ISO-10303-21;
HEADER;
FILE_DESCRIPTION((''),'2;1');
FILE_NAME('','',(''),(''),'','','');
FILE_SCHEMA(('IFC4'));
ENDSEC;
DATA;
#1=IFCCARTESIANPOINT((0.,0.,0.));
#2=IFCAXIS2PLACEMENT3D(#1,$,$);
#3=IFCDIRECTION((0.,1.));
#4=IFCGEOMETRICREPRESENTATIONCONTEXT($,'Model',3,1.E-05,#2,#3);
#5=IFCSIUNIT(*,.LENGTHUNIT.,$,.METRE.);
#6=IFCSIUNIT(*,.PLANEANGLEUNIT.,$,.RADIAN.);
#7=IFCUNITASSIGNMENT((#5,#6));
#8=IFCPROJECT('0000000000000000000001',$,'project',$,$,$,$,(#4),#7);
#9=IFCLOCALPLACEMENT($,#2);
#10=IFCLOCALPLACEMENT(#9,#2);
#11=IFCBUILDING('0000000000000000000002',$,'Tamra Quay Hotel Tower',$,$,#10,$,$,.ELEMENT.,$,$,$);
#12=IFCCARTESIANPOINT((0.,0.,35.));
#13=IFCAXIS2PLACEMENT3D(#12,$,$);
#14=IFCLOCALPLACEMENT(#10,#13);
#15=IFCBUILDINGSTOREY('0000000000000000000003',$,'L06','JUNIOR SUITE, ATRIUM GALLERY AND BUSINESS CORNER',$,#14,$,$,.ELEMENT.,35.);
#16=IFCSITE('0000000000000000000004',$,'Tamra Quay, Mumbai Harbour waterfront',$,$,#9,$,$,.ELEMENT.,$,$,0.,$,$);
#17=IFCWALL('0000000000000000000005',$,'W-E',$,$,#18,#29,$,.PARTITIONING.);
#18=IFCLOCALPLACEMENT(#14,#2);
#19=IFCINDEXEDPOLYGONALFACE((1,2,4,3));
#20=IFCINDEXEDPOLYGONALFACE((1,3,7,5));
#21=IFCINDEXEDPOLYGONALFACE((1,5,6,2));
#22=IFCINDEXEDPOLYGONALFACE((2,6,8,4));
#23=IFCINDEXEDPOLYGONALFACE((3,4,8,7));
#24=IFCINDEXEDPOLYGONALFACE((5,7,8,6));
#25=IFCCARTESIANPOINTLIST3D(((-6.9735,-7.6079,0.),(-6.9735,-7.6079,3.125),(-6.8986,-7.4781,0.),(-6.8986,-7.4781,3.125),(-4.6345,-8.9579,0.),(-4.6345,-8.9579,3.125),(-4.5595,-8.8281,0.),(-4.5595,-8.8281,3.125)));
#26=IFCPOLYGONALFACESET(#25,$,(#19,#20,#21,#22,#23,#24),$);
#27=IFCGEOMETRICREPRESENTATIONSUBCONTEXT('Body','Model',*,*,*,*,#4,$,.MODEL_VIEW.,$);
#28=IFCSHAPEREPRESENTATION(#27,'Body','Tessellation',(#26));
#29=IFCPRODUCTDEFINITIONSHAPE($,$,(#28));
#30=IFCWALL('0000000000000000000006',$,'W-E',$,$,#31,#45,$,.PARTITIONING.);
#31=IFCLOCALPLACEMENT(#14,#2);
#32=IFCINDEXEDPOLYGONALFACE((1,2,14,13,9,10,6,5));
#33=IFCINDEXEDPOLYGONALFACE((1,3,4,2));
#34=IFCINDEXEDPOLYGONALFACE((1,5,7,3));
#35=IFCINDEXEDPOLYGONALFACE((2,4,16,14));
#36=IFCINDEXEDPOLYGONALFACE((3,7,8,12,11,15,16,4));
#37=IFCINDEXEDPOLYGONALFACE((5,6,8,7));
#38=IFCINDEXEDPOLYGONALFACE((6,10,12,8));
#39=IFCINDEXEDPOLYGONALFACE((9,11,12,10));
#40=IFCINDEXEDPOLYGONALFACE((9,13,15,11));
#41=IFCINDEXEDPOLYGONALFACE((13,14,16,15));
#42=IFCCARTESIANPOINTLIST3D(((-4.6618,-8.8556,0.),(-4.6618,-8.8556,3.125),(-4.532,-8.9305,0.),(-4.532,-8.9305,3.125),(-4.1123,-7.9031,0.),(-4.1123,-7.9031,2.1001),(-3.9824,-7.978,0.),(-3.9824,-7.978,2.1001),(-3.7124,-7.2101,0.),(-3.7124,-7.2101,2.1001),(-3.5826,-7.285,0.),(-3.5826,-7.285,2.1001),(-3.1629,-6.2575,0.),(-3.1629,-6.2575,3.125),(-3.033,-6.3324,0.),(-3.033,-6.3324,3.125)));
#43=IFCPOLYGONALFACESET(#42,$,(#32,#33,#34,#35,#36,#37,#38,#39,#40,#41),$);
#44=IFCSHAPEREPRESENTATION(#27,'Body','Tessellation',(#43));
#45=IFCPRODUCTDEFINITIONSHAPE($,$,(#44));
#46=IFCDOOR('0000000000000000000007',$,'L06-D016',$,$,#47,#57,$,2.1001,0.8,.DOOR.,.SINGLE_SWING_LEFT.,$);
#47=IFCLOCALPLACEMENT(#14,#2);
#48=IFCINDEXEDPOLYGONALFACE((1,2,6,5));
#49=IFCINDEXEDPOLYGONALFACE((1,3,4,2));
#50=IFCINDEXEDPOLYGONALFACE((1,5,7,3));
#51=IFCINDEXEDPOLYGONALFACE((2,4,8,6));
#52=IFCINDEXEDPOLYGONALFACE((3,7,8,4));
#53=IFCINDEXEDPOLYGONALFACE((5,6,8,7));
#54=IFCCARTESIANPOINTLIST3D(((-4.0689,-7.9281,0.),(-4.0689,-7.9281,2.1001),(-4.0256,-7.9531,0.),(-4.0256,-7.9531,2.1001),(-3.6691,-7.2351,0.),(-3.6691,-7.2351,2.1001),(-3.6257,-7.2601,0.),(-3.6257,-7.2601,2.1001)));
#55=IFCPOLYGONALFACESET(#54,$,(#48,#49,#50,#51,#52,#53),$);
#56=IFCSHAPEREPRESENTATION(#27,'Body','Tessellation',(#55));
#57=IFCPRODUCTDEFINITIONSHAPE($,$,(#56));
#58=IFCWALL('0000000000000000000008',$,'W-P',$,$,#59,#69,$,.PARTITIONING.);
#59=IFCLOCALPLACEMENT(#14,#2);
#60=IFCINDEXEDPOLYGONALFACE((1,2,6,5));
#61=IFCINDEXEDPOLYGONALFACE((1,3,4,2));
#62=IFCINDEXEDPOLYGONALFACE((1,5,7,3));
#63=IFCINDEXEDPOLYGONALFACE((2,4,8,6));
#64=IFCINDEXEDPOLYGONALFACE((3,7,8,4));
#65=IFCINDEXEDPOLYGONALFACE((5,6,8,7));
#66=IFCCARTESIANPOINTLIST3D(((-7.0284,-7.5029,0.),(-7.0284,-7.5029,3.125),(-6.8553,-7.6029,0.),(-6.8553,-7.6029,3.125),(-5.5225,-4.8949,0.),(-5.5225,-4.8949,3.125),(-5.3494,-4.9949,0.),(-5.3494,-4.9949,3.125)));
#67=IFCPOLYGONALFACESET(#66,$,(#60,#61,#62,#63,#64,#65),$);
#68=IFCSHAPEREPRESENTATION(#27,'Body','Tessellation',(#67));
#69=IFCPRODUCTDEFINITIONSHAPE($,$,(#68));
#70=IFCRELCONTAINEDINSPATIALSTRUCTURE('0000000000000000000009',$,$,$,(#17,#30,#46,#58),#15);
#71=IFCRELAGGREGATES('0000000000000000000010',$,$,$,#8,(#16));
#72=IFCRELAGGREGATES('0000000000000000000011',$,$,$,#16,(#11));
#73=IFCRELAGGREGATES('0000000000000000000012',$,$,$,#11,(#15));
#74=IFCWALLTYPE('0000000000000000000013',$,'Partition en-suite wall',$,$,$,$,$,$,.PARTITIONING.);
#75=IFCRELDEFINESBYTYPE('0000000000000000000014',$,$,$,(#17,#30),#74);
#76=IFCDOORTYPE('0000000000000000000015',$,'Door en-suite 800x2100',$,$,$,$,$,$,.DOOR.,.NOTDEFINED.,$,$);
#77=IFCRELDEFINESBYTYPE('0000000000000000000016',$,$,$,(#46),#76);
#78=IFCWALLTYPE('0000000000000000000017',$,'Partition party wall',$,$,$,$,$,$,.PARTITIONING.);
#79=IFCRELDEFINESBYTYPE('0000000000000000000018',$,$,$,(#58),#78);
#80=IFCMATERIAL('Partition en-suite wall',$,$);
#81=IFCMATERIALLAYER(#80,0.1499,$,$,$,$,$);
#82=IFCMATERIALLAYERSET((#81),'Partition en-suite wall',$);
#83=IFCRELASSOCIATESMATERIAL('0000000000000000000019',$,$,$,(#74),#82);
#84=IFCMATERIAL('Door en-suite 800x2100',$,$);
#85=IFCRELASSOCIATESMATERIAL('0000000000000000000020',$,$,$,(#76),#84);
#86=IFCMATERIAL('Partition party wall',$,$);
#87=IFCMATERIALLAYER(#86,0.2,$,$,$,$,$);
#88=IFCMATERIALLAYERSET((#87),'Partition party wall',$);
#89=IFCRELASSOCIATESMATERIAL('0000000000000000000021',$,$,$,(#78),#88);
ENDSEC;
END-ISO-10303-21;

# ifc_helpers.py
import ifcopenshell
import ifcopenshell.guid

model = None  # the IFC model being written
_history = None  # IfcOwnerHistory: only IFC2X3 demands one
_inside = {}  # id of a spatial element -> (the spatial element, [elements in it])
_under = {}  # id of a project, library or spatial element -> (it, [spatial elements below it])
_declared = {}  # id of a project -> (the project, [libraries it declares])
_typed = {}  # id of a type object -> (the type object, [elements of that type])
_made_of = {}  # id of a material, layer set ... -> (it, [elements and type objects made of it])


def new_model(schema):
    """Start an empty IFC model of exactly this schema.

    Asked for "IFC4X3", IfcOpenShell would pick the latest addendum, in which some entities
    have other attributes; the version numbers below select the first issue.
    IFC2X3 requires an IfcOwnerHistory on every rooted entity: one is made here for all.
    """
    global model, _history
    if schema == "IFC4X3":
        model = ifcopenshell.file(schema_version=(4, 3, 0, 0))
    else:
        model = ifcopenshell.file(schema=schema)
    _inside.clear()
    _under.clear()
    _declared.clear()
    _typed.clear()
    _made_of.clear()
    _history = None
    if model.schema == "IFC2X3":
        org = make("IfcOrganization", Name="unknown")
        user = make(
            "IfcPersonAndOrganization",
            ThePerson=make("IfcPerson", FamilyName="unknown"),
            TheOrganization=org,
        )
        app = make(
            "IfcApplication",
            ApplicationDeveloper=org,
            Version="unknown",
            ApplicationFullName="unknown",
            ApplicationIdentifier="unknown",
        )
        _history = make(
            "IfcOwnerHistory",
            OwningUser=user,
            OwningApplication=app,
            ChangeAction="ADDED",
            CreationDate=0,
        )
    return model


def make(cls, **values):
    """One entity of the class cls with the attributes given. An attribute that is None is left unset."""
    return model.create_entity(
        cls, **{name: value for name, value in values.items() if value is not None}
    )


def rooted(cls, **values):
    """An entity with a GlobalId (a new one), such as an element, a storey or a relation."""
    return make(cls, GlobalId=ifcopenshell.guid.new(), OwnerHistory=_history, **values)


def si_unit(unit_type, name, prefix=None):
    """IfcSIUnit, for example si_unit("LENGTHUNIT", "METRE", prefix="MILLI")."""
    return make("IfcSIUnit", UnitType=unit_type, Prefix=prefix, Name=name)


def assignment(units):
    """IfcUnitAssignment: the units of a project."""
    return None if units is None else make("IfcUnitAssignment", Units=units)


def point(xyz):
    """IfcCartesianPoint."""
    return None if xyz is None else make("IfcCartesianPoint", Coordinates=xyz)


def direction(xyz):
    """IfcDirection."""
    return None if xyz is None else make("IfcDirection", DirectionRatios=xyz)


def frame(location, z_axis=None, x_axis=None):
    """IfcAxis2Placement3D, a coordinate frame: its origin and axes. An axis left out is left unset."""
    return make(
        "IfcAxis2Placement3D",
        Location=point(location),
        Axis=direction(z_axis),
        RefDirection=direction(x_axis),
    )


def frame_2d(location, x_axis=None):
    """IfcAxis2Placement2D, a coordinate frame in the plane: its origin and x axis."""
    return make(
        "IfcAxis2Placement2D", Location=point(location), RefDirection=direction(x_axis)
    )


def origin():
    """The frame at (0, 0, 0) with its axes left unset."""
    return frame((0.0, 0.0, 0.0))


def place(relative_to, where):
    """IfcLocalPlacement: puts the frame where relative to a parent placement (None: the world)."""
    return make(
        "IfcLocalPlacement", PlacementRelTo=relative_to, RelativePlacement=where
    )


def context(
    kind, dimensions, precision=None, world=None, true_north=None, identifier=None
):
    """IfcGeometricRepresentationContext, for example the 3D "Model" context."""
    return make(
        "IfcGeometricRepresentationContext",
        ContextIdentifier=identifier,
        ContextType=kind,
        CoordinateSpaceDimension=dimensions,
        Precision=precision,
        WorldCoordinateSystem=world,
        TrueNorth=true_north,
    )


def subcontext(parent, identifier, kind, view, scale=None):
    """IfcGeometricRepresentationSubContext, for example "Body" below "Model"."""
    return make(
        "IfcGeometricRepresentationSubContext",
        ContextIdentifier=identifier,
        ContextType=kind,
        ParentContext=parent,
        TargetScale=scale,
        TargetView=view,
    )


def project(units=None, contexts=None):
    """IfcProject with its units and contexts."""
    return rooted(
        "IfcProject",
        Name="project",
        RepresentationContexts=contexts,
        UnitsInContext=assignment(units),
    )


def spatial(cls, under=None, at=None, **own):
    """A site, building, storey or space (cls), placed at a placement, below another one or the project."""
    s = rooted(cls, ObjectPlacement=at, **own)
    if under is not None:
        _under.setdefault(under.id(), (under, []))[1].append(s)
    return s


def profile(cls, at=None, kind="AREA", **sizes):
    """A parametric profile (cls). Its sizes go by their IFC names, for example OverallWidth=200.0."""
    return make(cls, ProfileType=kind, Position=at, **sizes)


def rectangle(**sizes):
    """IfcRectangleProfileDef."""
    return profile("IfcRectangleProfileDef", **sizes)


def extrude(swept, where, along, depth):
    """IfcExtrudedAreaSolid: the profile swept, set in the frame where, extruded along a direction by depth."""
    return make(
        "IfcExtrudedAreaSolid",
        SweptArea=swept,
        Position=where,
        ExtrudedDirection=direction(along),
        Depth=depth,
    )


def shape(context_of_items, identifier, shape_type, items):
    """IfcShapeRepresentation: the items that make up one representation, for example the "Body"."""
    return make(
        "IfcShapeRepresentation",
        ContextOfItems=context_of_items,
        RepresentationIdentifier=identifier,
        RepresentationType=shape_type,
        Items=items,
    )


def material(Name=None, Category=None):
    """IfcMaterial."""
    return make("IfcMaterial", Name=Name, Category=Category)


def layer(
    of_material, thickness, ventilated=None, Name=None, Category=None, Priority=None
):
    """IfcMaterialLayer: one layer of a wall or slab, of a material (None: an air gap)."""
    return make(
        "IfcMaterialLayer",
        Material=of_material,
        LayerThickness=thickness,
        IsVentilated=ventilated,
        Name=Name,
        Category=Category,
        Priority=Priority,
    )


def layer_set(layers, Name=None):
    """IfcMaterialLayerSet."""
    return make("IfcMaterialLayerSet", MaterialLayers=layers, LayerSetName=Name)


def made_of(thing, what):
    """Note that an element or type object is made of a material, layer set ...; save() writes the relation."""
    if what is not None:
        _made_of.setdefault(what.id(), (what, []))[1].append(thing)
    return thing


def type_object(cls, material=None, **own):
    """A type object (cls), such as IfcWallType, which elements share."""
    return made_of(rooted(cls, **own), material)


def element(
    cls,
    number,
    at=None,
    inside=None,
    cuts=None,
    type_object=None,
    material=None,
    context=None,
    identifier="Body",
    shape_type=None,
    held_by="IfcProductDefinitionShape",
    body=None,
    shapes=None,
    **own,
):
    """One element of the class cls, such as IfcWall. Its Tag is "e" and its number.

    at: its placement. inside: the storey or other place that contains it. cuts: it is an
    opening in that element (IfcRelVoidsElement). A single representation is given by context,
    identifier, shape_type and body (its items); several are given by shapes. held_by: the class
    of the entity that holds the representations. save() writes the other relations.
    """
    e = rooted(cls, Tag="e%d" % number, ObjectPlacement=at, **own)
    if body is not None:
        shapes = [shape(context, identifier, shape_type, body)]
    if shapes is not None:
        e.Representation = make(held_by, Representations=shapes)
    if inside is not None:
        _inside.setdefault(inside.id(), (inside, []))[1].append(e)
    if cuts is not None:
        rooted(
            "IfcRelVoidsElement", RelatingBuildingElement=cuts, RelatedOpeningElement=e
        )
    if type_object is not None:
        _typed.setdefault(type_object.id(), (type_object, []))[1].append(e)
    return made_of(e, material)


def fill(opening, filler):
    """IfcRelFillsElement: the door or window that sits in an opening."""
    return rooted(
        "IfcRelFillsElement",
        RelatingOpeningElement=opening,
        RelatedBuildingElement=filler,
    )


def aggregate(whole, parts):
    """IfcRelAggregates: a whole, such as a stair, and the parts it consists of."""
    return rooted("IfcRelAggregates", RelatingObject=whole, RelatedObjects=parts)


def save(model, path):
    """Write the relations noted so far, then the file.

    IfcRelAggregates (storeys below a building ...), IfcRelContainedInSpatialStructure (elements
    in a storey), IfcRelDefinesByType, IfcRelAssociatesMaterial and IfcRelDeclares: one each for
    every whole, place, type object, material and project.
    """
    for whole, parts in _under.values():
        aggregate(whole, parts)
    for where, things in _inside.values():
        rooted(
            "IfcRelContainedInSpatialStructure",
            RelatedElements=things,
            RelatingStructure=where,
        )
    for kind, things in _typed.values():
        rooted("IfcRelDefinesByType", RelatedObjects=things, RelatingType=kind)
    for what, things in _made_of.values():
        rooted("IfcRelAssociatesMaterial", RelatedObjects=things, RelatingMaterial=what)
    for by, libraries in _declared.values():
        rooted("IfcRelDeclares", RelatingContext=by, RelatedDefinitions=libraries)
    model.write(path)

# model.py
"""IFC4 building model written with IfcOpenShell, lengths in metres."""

from ifc_helpers import new_model, si_unit, direction, frame, frame_2d, origin, place, context, subcontext, project, spatial, rectangle, extrude, material, layer, layer_set, type_object, element, fill, save


model = new_model("IFC4")

# Units and contexts
model_context = context("Model", 3, precision=1e-05, world=origin(), true_north=direction((0.0, 1.0)))
body_context = subcontext(model_context, "Body", "Model", "MODEL_VIEW")
ifc_project = project(units=[si_unit("LENGTHUNIT", "METRE"), si_unit("PLANEANGLEUNIT", "RADIAN")], contexts=[model_context])

# Site, building, storey
site_placement = place(None, origin())
site = spatial("IfcSite", under=ifc_project, at=site_placement, Name="Tamra Quay, Mumbai Harbour waterfront", CompositionType="ELEMENT", RefElevation=0.0)
building_placement = place(site_placement, origin())
building = spatial("IfcBuilding", under=site, at=building_placement, Name="Tamra Quay Hotel Tower", CompositionType="ELEMENT")
storey_placement = place(building_placement, frame((0.0, 0.0, 35.0)))
storey = spatial("IfcBuildingStorey", under=building, at=storey_placement, Name="L06", Description="JUNIOR SUITE, ATRIUM GALLERY AND BUSINESS CORNER", CompositionType="ELEMENT", Elevation=35.0)

# Wall
ifc_material_1 = material(Name="Partition en-suite wall")
ifc_layer_1 = layer(ifc_material_1, 0.1499)
ifc_layer_set_1 = layer_set([ifc_layer_1], Name="Partition en-suite wall")
wall_type_1 = type_object("IfcWallType", Name="Partition en-suite wall", PredefinedType="PARTITIONING", material=ifc_layer_set_1)
wall_1_placement = place(storey_placement, frame((-6.936, -7.543, 0.0), z_axis=(0.0, 0.0, 1.0), x_axis=(0.866088, -0.499892, 0.0)))
element("IfcWall", 1, at=wall_1_placement, inside=storey, type_object=wall_type_1, Name="W-E", PredefinedType="PARTITIONING", context=body_context, shape_type="SweptSolid", body=[
    extrude(rectangle(XDim=2.7007, YDim=0.1499, at=frame_2d((1.3503, 0.0))), origin(), (0.0, 0.0, 1.0), 3.125),
])

# Wall, opening, door
wall_2_placement = place(storey_placement, frame((-4.5969, -8.8931, 0.0), z_axis=(0.0, 0.0, 1.0), x_axis=(0.499746, 0.866172, 0.0)))
wall_2 = element("IfcWall", 2, at=wall_2_placement, inside=storey, type_object=wall_type_1, Name="W-E", PredefinedType="PARTITIONING", context=body_context, shape_type="SweptSolid", body=[
    extrude(rectangle(XDim=2.9995, YDim=0.1499, at=frame_2d((1.4998, 0.0))), origin(), (0.0, 0.0, 1.0), 3.125),
])
opening_1_placement = place(wall_2_placement, frame((1.0999, 0.0, 0.0)))
opening_1 = element("IfcOpeningElement", 3, at=opening_1_placement, cuts=wall_2, PredefinedType="OPENING", context=body_context, shape_type="SweptSolid", body=[
    extrude(rectangle(XDim=0.8, YDim=2.1001, at=frame_2d((0.3999, 1.05))), frame((0.0, 0.085, 0.0), z_axis=(0.0, -1.0, 0.0), x_axis=(1.0, 0.0, 0.0)), (0.0, 0.0, 1.0), 0.1699),
])
ifc_material_2 = material(Name="Door en-suite 800x2100")
door_type_1 = type_object("IfcDoorType", Name="Door en-suite 800x2100", OperationType="NOTDEFINED", PredefinedType="DOOR", material=ifc_material_2)
door_1_placement = place(opening_1_placement, origin())
door_1 = element("IfcDoor", 4, at=door_1_placement, inside=storey, type_object=door_type_1, Name="L06-D016", OperationType="SINGLE_SWING_LEFT", OverallHeight=2.1001, OverallWidth=0.8, PredefinedType="DOOR", context=body_context, shape_type="SweptSolid", body=[
    extrude(rectangle(XDim=0.8, YDim=2.1001, at=frame_2d((0.3999, 1.05))), frame((0.0, 0.0249, 0.0), z_axis=(0.0, -1.0, 0.0), x_axis=(1.0, 0.0, 0.0)), (0.0, 0.0, 1.0), 0.05),
])
fill(opening_1, door_1)

# Wall
ifc_material_3 = material(Name="Partition party wall")
ifc_layer_2 = layer(ifc_material_3, 0.2)
ifc_layer_set_2 = layer_set([ifc_layer_2], Name="Partition party wall")
wall_type_2 = type_object("IfcWallType", Name="Partition party wall", PredefinedType="PARTITIONING", material=ifc_layer_set_2)
wall_3_placement = place(storey_placement, frame((-6.9419, -7.553, 0.0), z_axis=(0.0, 0.0, 1.0), x_axis=(0.500045, 0.865999, 0.0)))
element("IfcWall", 5, at=wall_3_placement, inside=storey, type_object=wall_type_2, Name="W-P", PredefinedType="PARTITIONING", context=body_context, shape_type="SweptSolid", body=[
    extrude(rectangle(XDim=3.0115, YDim=0.2, at=frame_2d((1.5059, 0.0))), origin(), (0.0, 0.0, 1.0), 3.125),
])

save(model, "model.ifc")
